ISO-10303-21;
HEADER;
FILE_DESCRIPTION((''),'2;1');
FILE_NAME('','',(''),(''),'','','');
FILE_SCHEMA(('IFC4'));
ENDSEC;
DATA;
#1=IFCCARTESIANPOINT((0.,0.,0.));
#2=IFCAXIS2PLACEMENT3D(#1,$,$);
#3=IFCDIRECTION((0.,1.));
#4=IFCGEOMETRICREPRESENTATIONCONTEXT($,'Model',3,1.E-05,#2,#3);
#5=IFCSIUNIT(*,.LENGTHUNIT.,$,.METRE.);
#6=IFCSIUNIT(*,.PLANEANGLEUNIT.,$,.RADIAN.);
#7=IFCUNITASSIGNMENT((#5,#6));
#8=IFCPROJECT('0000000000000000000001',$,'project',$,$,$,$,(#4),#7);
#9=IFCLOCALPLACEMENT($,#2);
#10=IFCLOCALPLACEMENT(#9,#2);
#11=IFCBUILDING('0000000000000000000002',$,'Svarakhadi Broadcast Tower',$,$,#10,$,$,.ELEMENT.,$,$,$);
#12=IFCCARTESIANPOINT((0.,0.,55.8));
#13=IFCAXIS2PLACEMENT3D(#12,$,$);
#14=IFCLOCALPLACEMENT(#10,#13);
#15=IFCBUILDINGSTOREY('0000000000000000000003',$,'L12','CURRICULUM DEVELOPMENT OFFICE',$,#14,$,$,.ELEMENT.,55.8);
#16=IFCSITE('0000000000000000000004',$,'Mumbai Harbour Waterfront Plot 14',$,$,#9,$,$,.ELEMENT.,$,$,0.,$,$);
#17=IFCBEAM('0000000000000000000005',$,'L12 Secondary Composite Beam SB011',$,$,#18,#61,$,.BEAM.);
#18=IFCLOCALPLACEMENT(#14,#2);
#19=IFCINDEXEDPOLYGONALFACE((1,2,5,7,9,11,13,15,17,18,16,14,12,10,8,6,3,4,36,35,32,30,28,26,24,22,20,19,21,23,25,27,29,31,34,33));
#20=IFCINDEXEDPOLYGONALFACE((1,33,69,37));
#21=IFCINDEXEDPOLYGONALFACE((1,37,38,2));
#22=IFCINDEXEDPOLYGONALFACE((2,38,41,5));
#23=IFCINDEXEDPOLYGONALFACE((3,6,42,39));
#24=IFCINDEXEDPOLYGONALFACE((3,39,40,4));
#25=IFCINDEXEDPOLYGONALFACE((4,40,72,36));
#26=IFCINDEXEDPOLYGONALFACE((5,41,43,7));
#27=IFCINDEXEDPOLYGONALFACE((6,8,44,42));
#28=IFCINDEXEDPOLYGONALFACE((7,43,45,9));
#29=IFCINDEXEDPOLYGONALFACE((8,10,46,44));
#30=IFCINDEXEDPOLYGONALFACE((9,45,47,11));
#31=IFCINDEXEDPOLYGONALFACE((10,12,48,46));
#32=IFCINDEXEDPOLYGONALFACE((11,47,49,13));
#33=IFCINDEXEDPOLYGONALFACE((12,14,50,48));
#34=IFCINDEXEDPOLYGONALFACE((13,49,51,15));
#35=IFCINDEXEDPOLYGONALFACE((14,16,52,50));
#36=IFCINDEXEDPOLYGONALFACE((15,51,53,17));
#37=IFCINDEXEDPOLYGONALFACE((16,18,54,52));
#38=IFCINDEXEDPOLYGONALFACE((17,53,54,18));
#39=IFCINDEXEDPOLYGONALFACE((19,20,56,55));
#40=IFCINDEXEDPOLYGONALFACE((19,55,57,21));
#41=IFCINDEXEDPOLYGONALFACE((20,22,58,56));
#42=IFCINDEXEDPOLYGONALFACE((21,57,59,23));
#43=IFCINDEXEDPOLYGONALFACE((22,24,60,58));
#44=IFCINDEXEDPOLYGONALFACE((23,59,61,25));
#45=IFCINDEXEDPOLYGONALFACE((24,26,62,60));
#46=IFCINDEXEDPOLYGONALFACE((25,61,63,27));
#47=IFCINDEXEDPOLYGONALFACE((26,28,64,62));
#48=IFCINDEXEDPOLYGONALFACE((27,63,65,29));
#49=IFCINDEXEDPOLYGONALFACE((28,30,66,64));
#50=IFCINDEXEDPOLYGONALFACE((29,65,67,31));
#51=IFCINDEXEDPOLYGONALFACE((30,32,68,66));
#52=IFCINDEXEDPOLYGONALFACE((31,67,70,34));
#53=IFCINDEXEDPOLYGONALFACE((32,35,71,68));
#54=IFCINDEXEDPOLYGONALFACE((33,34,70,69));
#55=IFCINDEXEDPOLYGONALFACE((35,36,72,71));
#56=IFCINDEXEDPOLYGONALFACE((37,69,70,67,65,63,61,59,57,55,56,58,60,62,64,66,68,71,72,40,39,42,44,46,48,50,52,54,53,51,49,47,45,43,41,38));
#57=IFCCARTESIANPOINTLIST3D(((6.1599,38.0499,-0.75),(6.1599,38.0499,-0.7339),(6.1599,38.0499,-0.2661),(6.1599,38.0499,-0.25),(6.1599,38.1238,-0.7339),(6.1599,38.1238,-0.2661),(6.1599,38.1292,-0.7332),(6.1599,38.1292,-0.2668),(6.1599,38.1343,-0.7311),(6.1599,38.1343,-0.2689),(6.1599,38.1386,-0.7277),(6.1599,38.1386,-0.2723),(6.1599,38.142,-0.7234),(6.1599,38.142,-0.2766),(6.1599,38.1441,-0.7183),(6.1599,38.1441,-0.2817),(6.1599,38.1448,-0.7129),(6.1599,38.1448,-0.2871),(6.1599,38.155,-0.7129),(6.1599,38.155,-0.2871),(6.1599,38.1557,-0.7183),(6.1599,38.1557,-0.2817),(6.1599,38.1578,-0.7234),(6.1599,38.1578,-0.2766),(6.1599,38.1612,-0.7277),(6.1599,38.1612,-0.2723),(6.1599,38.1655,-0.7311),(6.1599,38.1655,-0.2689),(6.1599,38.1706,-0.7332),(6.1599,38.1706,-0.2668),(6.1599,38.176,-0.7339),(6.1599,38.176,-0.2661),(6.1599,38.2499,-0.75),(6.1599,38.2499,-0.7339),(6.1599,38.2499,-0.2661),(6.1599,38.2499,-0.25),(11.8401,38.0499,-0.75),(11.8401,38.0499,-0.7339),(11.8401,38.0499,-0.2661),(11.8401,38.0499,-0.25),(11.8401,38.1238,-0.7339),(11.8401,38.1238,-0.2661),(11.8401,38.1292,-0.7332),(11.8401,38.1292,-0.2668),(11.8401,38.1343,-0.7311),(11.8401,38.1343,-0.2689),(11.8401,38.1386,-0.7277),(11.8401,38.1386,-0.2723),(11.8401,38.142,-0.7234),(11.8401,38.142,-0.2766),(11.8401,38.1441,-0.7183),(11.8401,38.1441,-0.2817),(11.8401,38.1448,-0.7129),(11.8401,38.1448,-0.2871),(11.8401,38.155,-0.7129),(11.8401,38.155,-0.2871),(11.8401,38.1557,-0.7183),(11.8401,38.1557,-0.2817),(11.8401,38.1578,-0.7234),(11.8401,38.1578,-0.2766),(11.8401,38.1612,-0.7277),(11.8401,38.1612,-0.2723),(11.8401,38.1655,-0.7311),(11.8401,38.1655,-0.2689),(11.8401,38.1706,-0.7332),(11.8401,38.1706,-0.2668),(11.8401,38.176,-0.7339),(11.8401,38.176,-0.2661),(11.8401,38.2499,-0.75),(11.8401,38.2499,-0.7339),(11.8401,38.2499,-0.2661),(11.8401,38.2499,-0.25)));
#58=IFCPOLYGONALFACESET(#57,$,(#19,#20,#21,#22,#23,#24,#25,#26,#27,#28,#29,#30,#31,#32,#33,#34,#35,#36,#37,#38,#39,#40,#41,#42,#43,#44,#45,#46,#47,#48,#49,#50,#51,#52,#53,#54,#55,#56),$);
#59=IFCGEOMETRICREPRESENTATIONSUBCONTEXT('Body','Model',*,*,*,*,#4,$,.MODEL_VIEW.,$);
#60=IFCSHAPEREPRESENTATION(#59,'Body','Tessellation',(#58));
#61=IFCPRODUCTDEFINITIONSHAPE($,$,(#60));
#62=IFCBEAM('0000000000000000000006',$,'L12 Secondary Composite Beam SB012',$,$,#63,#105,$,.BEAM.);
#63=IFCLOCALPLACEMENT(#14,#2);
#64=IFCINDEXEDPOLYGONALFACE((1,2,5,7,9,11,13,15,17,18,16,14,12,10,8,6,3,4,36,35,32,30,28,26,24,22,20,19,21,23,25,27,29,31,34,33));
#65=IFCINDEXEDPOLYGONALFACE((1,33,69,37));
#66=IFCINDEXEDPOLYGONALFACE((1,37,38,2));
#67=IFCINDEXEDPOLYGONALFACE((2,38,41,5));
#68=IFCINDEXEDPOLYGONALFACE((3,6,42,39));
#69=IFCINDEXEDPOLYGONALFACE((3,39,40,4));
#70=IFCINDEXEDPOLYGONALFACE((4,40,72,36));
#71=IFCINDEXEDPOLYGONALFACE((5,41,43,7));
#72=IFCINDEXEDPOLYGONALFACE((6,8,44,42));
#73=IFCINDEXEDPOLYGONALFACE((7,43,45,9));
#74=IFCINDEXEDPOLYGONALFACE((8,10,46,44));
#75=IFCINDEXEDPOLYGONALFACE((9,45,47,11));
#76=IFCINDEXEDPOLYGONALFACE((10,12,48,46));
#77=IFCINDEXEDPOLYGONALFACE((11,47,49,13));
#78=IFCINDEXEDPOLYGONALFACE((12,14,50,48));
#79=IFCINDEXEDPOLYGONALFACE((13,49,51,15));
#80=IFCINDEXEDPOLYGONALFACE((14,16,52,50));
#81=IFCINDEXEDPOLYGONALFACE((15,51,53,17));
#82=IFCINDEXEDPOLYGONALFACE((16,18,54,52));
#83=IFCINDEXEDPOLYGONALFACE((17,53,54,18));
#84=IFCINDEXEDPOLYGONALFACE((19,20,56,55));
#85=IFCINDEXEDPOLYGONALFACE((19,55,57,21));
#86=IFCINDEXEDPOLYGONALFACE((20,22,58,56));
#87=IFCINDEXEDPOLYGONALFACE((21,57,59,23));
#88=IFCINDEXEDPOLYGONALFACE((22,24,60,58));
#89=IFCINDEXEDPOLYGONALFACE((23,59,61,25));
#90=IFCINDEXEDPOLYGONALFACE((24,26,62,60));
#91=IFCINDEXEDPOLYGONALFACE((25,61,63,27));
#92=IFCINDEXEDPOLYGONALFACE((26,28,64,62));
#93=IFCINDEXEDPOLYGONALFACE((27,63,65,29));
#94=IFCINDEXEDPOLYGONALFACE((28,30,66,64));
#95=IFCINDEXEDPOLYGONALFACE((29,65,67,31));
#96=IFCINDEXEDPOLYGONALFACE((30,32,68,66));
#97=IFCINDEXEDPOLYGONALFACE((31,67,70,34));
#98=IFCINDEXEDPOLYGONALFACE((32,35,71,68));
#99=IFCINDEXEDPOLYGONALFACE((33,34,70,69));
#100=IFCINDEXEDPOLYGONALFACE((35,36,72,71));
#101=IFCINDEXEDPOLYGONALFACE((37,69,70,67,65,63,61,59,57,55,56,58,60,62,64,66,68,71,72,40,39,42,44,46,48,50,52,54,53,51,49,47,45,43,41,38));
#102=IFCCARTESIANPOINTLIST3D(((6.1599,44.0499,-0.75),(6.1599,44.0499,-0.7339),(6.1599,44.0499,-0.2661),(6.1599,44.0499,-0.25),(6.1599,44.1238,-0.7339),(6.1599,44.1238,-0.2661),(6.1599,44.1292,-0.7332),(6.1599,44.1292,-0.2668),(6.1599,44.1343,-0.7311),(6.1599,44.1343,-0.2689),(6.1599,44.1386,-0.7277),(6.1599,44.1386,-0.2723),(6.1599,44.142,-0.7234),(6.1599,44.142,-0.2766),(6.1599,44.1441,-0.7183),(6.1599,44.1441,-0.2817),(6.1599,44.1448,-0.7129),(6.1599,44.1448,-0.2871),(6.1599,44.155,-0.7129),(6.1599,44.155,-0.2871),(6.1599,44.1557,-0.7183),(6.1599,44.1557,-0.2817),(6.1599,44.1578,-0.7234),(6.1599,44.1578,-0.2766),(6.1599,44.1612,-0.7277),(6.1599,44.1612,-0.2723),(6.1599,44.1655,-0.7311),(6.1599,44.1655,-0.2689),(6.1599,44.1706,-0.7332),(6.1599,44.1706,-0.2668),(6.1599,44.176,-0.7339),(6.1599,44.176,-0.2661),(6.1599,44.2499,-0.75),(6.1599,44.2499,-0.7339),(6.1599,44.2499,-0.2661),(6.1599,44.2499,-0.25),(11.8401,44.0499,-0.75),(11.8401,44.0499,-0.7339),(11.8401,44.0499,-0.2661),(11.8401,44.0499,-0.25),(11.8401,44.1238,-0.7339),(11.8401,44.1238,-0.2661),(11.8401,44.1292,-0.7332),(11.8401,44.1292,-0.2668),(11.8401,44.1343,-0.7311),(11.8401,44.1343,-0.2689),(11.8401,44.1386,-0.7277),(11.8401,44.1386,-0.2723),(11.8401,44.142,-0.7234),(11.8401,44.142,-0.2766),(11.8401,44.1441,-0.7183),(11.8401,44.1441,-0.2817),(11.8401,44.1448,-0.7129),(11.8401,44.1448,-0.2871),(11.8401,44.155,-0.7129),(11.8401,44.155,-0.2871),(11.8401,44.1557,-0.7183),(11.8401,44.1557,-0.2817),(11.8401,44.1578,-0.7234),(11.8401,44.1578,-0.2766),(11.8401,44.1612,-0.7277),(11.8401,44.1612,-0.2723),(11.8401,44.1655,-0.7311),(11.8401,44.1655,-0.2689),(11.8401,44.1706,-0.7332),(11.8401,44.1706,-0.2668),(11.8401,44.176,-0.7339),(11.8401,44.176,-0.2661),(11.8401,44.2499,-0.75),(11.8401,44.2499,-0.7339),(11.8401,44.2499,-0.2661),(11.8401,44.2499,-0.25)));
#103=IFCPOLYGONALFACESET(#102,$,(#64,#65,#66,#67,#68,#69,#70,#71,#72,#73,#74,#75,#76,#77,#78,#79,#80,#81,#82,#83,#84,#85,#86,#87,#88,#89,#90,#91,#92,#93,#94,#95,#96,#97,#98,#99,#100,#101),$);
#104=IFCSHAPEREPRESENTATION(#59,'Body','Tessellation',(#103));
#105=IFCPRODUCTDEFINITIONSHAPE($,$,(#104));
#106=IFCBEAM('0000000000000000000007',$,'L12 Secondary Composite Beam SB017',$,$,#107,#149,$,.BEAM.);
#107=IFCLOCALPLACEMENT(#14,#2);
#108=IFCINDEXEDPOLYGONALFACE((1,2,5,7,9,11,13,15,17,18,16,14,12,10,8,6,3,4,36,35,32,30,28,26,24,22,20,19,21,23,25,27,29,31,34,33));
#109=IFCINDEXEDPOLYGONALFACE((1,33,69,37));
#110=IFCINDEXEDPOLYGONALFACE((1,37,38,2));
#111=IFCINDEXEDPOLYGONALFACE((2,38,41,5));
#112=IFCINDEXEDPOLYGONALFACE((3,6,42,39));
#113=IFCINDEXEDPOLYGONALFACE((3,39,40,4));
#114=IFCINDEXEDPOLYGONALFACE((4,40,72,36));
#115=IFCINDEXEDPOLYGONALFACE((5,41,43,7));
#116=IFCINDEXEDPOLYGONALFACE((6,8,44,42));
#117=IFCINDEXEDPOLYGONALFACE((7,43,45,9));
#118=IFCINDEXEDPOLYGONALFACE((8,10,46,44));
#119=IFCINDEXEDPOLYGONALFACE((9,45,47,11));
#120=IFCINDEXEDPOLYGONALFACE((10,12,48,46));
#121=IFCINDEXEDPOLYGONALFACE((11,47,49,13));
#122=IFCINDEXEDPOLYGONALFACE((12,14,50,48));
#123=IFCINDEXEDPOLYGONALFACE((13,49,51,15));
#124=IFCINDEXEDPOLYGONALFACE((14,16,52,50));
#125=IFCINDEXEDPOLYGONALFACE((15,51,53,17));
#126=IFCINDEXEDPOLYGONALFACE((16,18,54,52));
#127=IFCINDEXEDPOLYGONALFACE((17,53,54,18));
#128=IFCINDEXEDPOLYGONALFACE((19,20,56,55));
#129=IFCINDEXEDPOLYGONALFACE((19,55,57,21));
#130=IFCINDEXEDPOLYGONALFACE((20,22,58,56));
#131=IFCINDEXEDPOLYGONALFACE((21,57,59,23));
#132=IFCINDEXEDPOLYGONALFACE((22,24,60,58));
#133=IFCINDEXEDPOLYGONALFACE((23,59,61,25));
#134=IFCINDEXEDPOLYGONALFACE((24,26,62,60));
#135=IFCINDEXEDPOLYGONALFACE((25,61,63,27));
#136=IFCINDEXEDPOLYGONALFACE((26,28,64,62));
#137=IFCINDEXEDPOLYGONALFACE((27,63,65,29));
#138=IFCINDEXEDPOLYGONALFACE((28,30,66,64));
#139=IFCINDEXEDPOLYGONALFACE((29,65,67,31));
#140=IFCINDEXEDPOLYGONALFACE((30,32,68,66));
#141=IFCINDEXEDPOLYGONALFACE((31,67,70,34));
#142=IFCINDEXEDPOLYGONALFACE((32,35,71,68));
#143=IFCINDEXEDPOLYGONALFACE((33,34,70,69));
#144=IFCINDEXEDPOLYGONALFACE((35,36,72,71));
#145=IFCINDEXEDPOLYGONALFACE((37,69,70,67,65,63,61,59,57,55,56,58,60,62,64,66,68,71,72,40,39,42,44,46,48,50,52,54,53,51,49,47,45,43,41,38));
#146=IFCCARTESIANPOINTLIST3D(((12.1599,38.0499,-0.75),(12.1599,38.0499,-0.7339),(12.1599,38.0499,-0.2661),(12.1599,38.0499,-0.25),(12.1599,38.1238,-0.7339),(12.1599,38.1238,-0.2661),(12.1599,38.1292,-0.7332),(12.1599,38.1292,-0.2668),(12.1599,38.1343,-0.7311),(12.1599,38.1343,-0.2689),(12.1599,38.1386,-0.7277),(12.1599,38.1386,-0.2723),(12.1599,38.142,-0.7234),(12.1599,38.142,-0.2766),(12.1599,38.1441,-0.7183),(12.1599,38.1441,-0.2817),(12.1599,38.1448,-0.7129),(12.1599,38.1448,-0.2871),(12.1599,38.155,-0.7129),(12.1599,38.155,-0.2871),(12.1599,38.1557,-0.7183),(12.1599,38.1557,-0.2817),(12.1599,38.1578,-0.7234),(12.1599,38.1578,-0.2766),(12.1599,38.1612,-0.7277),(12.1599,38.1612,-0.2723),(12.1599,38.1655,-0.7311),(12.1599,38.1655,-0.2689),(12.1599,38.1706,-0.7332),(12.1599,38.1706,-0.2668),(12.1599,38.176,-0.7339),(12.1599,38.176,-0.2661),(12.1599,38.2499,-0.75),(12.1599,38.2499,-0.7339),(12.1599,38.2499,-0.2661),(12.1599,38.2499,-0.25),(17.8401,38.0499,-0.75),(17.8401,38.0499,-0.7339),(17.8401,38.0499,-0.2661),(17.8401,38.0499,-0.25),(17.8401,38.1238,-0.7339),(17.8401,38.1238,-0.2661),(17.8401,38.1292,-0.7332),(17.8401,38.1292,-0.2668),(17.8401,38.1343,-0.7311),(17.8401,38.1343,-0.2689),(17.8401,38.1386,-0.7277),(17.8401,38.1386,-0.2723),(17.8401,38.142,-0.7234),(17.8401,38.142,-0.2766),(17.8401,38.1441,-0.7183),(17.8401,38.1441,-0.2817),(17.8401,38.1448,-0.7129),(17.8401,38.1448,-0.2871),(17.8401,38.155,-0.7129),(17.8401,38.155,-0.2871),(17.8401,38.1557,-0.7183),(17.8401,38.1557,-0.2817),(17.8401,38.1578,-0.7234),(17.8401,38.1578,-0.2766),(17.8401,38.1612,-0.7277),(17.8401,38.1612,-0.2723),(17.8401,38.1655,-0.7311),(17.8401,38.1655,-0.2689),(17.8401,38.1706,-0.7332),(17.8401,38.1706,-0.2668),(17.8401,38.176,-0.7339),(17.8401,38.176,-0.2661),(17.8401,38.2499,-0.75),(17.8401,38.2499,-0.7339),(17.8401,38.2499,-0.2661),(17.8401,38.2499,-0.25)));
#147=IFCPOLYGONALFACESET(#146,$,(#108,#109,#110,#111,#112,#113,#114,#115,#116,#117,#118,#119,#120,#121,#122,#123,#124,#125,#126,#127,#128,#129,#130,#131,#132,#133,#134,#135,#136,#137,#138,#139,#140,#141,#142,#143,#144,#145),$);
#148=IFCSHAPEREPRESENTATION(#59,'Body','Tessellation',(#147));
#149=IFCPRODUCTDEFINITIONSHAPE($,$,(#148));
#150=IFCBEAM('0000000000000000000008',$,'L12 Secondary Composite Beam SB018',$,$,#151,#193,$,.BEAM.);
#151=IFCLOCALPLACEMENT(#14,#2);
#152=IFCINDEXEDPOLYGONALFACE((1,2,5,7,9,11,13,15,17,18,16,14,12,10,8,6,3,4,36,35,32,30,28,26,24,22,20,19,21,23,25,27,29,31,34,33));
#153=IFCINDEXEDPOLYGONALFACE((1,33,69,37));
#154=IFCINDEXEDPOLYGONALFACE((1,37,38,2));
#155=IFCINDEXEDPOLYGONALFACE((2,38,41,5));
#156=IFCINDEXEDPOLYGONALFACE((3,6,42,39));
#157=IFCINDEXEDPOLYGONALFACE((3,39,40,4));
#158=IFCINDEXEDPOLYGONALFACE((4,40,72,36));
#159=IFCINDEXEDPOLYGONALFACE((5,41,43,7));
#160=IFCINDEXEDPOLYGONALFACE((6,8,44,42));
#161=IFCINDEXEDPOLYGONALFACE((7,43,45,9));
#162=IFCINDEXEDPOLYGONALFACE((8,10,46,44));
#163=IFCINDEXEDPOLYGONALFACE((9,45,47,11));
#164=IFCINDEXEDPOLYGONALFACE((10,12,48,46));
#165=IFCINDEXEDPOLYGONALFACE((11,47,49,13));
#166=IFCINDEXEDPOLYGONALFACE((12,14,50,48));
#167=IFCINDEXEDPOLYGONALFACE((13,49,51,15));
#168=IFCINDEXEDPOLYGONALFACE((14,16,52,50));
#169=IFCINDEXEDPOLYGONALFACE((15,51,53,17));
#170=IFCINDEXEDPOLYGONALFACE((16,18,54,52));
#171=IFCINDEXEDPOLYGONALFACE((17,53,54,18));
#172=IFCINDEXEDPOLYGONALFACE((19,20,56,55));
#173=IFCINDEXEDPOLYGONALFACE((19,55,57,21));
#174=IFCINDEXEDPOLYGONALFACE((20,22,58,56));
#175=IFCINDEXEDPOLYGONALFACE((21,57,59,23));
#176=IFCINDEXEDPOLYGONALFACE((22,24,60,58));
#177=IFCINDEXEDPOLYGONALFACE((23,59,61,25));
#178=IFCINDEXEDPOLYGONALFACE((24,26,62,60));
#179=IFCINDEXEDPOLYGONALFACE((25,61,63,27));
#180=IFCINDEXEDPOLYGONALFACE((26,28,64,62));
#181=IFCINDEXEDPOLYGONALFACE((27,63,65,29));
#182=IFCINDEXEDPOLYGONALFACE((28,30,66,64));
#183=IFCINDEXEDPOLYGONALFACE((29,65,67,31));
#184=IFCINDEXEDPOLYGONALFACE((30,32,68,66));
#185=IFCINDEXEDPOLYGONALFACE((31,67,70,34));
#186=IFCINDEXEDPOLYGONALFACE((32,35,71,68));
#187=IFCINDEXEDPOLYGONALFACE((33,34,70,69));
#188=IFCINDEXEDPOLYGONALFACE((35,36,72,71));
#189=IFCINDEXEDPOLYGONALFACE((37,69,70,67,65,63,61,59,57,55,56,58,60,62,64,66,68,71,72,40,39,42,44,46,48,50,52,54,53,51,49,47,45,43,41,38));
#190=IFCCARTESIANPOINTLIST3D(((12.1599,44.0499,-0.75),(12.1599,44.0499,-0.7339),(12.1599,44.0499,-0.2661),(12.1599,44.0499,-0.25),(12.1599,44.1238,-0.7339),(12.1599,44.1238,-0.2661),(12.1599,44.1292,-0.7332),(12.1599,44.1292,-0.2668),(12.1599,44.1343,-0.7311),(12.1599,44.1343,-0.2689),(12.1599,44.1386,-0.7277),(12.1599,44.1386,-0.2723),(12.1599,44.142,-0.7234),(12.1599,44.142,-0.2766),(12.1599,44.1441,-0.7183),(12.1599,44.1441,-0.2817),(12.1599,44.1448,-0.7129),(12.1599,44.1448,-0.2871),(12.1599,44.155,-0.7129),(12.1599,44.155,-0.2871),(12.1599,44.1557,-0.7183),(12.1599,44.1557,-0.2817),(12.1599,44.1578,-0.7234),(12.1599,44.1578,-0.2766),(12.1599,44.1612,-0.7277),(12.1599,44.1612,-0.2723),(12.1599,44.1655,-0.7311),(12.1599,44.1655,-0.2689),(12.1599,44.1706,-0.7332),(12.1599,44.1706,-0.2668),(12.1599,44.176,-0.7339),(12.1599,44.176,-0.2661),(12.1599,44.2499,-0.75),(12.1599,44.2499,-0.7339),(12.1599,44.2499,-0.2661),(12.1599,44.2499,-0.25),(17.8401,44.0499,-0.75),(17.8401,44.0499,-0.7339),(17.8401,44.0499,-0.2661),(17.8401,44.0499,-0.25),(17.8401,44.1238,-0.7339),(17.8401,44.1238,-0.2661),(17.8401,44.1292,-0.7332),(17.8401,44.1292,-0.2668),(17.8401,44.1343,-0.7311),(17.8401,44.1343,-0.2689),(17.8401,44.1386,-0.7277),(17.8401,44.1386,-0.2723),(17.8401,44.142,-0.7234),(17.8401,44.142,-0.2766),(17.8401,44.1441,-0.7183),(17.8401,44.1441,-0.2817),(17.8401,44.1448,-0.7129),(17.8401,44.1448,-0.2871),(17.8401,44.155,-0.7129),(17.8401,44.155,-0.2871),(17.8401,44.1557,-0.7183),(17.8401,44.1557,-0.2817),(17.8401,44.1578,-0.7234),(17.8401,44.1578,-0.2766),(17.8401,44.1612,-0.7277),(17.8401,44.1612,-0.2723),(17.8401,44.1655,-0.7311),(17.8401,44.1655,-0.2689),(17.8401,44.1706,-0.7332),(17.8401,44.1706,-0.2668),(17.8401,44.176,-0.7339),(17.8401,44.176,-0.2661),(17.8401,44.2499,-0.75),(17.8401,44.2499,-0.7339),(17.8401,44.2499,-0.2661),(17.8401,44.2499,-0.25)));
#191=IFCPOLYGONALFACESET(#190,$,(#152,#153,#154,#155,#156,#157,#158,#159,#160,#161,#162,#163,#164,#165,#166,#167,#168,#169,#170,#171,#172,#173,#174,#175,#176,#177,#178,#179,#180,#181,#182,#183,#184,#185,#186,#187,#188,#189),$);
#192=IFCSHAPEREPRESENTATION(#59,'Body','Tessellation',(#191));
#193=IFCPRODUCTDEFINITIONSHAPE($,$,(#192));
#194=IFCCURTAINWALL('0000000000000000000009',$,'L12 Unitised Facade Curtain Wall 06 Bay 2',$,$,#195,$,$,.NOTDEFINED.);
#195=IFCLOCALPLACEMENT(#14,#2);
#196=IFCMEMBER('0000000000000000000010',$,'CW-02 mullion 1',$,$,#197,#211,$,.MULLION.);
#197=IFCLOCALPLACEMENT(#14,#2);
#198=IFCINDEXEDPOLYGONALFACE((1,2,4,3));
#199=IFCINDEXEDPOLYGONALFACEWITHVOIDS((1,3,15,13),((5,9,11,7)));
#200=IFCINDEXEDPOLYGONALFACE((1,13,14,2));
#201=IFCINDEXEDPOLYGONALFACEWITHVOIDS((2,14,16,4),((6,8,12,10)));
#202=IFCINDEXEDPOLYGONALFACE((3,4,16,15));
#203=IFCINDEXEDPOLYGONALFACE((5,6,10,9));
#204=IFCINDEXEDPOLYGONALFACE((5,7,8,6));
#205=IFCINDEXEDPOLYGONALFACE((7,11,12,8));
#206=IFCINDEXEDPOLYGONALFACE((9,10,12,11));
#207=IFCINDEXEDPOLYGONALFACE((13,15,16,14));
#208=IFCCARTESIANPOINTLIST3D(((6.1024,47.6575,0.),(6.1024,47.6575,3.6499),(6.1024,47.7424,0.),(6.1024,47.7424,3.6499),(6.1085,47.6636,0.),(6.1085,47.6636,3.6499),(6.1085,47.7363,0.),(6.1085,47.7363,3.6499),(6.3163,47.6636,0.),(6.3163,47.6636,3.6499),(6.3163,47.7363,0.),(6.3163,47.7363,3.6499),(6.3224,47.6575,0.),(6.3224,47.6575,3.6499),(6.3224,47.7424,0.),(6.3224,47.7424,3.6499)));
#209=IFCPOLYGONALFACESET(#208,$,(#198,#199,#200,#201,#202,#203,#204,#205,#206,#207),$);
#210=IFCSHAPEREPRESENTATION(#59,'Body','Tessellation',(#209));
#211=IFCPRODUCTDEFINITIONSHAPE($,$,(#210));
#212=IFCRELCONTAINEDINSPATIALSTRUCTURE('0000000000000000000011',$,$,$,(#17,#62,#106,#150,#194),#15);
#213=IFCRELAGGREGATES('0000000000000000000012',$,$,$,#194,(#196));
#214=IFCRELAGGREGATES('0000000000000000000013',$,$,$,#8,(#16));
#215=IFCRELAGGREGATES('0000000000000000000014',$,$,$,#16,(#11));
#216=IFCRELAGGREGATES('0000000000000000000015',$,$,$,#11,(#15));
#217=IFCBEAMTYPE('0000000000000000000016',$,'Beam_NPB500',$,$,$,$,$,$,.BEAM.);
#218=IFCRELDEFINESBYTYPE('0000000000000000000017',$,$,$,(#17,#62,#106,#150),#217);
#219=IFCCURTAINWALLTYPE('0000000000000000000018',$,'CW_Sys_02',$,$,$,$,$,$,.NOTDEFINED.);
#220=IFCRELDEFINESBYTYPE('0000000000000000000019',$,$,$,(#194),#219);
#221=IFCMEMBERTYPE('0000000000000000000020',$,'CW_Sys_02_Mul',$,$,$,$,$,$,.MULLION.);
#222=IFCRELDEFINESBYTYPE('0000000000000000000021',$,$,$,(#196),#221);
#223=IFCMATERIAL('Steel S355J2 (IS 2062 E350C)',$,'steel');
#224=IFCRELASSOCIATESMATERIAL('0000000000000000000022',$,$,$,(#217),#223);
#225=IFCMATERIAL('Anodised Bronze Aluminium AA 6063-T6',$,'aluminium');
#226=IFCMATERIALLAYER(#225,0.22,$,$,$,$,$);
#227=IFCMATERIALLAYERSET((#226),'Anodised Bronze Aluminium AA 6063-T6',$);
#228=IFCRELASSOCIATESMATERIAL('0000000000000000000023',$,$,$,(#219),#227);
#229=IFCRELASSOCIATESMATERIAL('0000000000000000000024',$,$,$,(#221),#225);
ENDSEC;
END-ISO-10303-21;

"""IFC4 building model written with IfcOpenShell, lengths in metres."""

from ifc_helpers import new_model, si_unit, direction, frame, origin, origin_2d, place, context, subcontext, project, spatial, hollow_rectangle, i_section, extrude, material, layer, layer_set, material_profile, profile_set, type_object, element, aggregate, save


model = new_model("IFC4")

# Units and contexts
model_context = context("Model", 3, precision=1e-05, world=origin(), true_north=direction((0.0, 1.0)))
body_context = subcontext(model_context, "Body", "Model", "MODEL_VIEW")
ifc_project = project(units=[si_unit("LENGTHUNIT", "METRE"), si_unit("PLANEANGLEUNIT", "RADIAN")], contexts=[model_context])

# Site, building, storey
site_placement = place(None, origin())
site = spatial("IfcSite", under=ifc_project, at=site_placement, Name="Mumbai Harbour Waterfront Plot 14", CompositionType="ELEMENT", RefElevation=0.0)
building_placement = place(site_placement, origin())
building = spatial("IfcBuilding", under=site, at=building_placement, Name="Svarakhadi Broadcast Tower", CompositionType="ELEMENT")
storey_placement = place(building_placement, frame((0.0, 0.0, 55.8)))
storey = spatial("IfcBuildingStorey", under=building, at=storey_placement, Name="L12", Description="CURRICULUM DEVELOPMENT OFFICE", CompositionType="ELEMENT", Elevation=55.8)

# Beams
ifc_material_1 = material(Name="Steel S355J2 (IS 2062 E350C)", Category="steel")
ifc_material_profile_1 = material_profile(ifc_material_1, i_section(OverallWidth=0.2, OverallDepth=0.5, WebThickness=0.0103, FlangeThickness=0.0161, FilletRadius=0.021, at=origin_2d()), Name="NPB 500x200x91")
ifc_profile_set_1 = profile_set([ifc_material_profile_1], Name="Steel S355J2 (IS 2062 E350C)")
beam_type_1 = type_object("IfcBeamType", Name="Beam_NPB500", PredefinedType="BEAM", material=ifc_profile_set_1)
for number, where, z_axis, x_axis, name in (
    (1, (6.1599, 38.1499, -0.5), (1.0, 0.0, 0.0), (0.0, 1.0, 0.0), "L12 Secondary Composite Beam SB011"),
    (2, (6.1599, 44.1499, -0.5), (1.0, 0.0, 0.0), (0.0, 1.0, 0.0), "L12 Secondary Composite Beam SB012"),
    (3, (12.1599, 38.1499, -0.5), (1.0, 0.0, 0.0), (0.0, 1.0, 0.0), "L12 Secondary Composite Beam SB017"),
    (4, (12.1599, 44.1499, -0.5), (1.0, 0.0, 0.0), (0.0, 1.0, 0.0), "L12 Secondary Composite Beam SB018"),
):
    element("IfcBeam", number, at=place(storey_placement, frame(where, z_axis=z_axis, x_axis=x_axis)), inside=storey, type_object=beam_type_1, Name=name, PredefinedType="BEAM", context=body_context, shape_type="SweptSolid", body=[
        extrude(i_section(OverallWidth=0.2, OverallDepth=0.5, WebThickness=0.0103, FlangeThickness=0.0161, FilletRadius=0.021, at=origin_2d()), origin(), (0.0, 0.0, 1.0), 5.6802),
    ])

# Curtain wall, member
ifc_material_2 = material(Name="Anodised Bronze Aluminium AA 6063-T6", Category="aluminium")
ifc_layer_1 = layer(ifc_material_2, 0.22)
ifc_layer_set_1 = layer_set([ifc_layer_1], Name="Anodised Bronze Aluminium AA 6063-T6")
curtain_wall_type = type_object("IfcCurtainWallType", Name="CW_Sys_02", PredefinedType="NOTDEFINED", material=ifc_layer_set_1)
curtain_wall_1_placement = place(storey_placement, origin())
curtain_wall_1 = element("IfcCurtainWall", 5, at=curtain_wall_1_placement, inside=storey, type_object=curtain_wall_type, Name="L12 Unitised Facade Curtain Wall 06 Bay 2", PredefinedType="NOTDEFINED")
ifc_material_profile_2 = material_profile(ifc_material_2, hollow_rectangle(XDim=0.085, YDim=0.22, WallThickness=0.0061, at=origin_2d()), Name="ALU MULLION 220x85x6")
ifc_profile_set_2 = profile_set([ifc_material_profile_2], Name="Anodised Bronze Aluminium AA 6063-T6")
member_type_1 = type_object("IfcMemberType", Name="CW_Sys_02_Mul", PredefinedType="MULLION", material=ifc_profile_set_2)
member_1_placement = place(storey_placement, frame((6.2124, 47.7, 0.0), z_axis=(0.0, 0.0, 1.0), x_axis=(0.0, 1.0, 0.0)))
member_1 = element("IfcMember", 6, at=member_1_placement, type_object=member_type_1, Name="CW-02 mullion 1", PredefinedType="MULLION", context=body_context, shape_type="SweptSolid", body=[
    extrude(hollow_rectangle(XDim=0.085, YDim=0.22, WallThickness=0.0061, at=origin_2d()), origin(), (0.0, 0.0, 1.0), 3.6499),
])

aggregate(curtain_wall_1, [member_1])

save(model, "model.ifc")
